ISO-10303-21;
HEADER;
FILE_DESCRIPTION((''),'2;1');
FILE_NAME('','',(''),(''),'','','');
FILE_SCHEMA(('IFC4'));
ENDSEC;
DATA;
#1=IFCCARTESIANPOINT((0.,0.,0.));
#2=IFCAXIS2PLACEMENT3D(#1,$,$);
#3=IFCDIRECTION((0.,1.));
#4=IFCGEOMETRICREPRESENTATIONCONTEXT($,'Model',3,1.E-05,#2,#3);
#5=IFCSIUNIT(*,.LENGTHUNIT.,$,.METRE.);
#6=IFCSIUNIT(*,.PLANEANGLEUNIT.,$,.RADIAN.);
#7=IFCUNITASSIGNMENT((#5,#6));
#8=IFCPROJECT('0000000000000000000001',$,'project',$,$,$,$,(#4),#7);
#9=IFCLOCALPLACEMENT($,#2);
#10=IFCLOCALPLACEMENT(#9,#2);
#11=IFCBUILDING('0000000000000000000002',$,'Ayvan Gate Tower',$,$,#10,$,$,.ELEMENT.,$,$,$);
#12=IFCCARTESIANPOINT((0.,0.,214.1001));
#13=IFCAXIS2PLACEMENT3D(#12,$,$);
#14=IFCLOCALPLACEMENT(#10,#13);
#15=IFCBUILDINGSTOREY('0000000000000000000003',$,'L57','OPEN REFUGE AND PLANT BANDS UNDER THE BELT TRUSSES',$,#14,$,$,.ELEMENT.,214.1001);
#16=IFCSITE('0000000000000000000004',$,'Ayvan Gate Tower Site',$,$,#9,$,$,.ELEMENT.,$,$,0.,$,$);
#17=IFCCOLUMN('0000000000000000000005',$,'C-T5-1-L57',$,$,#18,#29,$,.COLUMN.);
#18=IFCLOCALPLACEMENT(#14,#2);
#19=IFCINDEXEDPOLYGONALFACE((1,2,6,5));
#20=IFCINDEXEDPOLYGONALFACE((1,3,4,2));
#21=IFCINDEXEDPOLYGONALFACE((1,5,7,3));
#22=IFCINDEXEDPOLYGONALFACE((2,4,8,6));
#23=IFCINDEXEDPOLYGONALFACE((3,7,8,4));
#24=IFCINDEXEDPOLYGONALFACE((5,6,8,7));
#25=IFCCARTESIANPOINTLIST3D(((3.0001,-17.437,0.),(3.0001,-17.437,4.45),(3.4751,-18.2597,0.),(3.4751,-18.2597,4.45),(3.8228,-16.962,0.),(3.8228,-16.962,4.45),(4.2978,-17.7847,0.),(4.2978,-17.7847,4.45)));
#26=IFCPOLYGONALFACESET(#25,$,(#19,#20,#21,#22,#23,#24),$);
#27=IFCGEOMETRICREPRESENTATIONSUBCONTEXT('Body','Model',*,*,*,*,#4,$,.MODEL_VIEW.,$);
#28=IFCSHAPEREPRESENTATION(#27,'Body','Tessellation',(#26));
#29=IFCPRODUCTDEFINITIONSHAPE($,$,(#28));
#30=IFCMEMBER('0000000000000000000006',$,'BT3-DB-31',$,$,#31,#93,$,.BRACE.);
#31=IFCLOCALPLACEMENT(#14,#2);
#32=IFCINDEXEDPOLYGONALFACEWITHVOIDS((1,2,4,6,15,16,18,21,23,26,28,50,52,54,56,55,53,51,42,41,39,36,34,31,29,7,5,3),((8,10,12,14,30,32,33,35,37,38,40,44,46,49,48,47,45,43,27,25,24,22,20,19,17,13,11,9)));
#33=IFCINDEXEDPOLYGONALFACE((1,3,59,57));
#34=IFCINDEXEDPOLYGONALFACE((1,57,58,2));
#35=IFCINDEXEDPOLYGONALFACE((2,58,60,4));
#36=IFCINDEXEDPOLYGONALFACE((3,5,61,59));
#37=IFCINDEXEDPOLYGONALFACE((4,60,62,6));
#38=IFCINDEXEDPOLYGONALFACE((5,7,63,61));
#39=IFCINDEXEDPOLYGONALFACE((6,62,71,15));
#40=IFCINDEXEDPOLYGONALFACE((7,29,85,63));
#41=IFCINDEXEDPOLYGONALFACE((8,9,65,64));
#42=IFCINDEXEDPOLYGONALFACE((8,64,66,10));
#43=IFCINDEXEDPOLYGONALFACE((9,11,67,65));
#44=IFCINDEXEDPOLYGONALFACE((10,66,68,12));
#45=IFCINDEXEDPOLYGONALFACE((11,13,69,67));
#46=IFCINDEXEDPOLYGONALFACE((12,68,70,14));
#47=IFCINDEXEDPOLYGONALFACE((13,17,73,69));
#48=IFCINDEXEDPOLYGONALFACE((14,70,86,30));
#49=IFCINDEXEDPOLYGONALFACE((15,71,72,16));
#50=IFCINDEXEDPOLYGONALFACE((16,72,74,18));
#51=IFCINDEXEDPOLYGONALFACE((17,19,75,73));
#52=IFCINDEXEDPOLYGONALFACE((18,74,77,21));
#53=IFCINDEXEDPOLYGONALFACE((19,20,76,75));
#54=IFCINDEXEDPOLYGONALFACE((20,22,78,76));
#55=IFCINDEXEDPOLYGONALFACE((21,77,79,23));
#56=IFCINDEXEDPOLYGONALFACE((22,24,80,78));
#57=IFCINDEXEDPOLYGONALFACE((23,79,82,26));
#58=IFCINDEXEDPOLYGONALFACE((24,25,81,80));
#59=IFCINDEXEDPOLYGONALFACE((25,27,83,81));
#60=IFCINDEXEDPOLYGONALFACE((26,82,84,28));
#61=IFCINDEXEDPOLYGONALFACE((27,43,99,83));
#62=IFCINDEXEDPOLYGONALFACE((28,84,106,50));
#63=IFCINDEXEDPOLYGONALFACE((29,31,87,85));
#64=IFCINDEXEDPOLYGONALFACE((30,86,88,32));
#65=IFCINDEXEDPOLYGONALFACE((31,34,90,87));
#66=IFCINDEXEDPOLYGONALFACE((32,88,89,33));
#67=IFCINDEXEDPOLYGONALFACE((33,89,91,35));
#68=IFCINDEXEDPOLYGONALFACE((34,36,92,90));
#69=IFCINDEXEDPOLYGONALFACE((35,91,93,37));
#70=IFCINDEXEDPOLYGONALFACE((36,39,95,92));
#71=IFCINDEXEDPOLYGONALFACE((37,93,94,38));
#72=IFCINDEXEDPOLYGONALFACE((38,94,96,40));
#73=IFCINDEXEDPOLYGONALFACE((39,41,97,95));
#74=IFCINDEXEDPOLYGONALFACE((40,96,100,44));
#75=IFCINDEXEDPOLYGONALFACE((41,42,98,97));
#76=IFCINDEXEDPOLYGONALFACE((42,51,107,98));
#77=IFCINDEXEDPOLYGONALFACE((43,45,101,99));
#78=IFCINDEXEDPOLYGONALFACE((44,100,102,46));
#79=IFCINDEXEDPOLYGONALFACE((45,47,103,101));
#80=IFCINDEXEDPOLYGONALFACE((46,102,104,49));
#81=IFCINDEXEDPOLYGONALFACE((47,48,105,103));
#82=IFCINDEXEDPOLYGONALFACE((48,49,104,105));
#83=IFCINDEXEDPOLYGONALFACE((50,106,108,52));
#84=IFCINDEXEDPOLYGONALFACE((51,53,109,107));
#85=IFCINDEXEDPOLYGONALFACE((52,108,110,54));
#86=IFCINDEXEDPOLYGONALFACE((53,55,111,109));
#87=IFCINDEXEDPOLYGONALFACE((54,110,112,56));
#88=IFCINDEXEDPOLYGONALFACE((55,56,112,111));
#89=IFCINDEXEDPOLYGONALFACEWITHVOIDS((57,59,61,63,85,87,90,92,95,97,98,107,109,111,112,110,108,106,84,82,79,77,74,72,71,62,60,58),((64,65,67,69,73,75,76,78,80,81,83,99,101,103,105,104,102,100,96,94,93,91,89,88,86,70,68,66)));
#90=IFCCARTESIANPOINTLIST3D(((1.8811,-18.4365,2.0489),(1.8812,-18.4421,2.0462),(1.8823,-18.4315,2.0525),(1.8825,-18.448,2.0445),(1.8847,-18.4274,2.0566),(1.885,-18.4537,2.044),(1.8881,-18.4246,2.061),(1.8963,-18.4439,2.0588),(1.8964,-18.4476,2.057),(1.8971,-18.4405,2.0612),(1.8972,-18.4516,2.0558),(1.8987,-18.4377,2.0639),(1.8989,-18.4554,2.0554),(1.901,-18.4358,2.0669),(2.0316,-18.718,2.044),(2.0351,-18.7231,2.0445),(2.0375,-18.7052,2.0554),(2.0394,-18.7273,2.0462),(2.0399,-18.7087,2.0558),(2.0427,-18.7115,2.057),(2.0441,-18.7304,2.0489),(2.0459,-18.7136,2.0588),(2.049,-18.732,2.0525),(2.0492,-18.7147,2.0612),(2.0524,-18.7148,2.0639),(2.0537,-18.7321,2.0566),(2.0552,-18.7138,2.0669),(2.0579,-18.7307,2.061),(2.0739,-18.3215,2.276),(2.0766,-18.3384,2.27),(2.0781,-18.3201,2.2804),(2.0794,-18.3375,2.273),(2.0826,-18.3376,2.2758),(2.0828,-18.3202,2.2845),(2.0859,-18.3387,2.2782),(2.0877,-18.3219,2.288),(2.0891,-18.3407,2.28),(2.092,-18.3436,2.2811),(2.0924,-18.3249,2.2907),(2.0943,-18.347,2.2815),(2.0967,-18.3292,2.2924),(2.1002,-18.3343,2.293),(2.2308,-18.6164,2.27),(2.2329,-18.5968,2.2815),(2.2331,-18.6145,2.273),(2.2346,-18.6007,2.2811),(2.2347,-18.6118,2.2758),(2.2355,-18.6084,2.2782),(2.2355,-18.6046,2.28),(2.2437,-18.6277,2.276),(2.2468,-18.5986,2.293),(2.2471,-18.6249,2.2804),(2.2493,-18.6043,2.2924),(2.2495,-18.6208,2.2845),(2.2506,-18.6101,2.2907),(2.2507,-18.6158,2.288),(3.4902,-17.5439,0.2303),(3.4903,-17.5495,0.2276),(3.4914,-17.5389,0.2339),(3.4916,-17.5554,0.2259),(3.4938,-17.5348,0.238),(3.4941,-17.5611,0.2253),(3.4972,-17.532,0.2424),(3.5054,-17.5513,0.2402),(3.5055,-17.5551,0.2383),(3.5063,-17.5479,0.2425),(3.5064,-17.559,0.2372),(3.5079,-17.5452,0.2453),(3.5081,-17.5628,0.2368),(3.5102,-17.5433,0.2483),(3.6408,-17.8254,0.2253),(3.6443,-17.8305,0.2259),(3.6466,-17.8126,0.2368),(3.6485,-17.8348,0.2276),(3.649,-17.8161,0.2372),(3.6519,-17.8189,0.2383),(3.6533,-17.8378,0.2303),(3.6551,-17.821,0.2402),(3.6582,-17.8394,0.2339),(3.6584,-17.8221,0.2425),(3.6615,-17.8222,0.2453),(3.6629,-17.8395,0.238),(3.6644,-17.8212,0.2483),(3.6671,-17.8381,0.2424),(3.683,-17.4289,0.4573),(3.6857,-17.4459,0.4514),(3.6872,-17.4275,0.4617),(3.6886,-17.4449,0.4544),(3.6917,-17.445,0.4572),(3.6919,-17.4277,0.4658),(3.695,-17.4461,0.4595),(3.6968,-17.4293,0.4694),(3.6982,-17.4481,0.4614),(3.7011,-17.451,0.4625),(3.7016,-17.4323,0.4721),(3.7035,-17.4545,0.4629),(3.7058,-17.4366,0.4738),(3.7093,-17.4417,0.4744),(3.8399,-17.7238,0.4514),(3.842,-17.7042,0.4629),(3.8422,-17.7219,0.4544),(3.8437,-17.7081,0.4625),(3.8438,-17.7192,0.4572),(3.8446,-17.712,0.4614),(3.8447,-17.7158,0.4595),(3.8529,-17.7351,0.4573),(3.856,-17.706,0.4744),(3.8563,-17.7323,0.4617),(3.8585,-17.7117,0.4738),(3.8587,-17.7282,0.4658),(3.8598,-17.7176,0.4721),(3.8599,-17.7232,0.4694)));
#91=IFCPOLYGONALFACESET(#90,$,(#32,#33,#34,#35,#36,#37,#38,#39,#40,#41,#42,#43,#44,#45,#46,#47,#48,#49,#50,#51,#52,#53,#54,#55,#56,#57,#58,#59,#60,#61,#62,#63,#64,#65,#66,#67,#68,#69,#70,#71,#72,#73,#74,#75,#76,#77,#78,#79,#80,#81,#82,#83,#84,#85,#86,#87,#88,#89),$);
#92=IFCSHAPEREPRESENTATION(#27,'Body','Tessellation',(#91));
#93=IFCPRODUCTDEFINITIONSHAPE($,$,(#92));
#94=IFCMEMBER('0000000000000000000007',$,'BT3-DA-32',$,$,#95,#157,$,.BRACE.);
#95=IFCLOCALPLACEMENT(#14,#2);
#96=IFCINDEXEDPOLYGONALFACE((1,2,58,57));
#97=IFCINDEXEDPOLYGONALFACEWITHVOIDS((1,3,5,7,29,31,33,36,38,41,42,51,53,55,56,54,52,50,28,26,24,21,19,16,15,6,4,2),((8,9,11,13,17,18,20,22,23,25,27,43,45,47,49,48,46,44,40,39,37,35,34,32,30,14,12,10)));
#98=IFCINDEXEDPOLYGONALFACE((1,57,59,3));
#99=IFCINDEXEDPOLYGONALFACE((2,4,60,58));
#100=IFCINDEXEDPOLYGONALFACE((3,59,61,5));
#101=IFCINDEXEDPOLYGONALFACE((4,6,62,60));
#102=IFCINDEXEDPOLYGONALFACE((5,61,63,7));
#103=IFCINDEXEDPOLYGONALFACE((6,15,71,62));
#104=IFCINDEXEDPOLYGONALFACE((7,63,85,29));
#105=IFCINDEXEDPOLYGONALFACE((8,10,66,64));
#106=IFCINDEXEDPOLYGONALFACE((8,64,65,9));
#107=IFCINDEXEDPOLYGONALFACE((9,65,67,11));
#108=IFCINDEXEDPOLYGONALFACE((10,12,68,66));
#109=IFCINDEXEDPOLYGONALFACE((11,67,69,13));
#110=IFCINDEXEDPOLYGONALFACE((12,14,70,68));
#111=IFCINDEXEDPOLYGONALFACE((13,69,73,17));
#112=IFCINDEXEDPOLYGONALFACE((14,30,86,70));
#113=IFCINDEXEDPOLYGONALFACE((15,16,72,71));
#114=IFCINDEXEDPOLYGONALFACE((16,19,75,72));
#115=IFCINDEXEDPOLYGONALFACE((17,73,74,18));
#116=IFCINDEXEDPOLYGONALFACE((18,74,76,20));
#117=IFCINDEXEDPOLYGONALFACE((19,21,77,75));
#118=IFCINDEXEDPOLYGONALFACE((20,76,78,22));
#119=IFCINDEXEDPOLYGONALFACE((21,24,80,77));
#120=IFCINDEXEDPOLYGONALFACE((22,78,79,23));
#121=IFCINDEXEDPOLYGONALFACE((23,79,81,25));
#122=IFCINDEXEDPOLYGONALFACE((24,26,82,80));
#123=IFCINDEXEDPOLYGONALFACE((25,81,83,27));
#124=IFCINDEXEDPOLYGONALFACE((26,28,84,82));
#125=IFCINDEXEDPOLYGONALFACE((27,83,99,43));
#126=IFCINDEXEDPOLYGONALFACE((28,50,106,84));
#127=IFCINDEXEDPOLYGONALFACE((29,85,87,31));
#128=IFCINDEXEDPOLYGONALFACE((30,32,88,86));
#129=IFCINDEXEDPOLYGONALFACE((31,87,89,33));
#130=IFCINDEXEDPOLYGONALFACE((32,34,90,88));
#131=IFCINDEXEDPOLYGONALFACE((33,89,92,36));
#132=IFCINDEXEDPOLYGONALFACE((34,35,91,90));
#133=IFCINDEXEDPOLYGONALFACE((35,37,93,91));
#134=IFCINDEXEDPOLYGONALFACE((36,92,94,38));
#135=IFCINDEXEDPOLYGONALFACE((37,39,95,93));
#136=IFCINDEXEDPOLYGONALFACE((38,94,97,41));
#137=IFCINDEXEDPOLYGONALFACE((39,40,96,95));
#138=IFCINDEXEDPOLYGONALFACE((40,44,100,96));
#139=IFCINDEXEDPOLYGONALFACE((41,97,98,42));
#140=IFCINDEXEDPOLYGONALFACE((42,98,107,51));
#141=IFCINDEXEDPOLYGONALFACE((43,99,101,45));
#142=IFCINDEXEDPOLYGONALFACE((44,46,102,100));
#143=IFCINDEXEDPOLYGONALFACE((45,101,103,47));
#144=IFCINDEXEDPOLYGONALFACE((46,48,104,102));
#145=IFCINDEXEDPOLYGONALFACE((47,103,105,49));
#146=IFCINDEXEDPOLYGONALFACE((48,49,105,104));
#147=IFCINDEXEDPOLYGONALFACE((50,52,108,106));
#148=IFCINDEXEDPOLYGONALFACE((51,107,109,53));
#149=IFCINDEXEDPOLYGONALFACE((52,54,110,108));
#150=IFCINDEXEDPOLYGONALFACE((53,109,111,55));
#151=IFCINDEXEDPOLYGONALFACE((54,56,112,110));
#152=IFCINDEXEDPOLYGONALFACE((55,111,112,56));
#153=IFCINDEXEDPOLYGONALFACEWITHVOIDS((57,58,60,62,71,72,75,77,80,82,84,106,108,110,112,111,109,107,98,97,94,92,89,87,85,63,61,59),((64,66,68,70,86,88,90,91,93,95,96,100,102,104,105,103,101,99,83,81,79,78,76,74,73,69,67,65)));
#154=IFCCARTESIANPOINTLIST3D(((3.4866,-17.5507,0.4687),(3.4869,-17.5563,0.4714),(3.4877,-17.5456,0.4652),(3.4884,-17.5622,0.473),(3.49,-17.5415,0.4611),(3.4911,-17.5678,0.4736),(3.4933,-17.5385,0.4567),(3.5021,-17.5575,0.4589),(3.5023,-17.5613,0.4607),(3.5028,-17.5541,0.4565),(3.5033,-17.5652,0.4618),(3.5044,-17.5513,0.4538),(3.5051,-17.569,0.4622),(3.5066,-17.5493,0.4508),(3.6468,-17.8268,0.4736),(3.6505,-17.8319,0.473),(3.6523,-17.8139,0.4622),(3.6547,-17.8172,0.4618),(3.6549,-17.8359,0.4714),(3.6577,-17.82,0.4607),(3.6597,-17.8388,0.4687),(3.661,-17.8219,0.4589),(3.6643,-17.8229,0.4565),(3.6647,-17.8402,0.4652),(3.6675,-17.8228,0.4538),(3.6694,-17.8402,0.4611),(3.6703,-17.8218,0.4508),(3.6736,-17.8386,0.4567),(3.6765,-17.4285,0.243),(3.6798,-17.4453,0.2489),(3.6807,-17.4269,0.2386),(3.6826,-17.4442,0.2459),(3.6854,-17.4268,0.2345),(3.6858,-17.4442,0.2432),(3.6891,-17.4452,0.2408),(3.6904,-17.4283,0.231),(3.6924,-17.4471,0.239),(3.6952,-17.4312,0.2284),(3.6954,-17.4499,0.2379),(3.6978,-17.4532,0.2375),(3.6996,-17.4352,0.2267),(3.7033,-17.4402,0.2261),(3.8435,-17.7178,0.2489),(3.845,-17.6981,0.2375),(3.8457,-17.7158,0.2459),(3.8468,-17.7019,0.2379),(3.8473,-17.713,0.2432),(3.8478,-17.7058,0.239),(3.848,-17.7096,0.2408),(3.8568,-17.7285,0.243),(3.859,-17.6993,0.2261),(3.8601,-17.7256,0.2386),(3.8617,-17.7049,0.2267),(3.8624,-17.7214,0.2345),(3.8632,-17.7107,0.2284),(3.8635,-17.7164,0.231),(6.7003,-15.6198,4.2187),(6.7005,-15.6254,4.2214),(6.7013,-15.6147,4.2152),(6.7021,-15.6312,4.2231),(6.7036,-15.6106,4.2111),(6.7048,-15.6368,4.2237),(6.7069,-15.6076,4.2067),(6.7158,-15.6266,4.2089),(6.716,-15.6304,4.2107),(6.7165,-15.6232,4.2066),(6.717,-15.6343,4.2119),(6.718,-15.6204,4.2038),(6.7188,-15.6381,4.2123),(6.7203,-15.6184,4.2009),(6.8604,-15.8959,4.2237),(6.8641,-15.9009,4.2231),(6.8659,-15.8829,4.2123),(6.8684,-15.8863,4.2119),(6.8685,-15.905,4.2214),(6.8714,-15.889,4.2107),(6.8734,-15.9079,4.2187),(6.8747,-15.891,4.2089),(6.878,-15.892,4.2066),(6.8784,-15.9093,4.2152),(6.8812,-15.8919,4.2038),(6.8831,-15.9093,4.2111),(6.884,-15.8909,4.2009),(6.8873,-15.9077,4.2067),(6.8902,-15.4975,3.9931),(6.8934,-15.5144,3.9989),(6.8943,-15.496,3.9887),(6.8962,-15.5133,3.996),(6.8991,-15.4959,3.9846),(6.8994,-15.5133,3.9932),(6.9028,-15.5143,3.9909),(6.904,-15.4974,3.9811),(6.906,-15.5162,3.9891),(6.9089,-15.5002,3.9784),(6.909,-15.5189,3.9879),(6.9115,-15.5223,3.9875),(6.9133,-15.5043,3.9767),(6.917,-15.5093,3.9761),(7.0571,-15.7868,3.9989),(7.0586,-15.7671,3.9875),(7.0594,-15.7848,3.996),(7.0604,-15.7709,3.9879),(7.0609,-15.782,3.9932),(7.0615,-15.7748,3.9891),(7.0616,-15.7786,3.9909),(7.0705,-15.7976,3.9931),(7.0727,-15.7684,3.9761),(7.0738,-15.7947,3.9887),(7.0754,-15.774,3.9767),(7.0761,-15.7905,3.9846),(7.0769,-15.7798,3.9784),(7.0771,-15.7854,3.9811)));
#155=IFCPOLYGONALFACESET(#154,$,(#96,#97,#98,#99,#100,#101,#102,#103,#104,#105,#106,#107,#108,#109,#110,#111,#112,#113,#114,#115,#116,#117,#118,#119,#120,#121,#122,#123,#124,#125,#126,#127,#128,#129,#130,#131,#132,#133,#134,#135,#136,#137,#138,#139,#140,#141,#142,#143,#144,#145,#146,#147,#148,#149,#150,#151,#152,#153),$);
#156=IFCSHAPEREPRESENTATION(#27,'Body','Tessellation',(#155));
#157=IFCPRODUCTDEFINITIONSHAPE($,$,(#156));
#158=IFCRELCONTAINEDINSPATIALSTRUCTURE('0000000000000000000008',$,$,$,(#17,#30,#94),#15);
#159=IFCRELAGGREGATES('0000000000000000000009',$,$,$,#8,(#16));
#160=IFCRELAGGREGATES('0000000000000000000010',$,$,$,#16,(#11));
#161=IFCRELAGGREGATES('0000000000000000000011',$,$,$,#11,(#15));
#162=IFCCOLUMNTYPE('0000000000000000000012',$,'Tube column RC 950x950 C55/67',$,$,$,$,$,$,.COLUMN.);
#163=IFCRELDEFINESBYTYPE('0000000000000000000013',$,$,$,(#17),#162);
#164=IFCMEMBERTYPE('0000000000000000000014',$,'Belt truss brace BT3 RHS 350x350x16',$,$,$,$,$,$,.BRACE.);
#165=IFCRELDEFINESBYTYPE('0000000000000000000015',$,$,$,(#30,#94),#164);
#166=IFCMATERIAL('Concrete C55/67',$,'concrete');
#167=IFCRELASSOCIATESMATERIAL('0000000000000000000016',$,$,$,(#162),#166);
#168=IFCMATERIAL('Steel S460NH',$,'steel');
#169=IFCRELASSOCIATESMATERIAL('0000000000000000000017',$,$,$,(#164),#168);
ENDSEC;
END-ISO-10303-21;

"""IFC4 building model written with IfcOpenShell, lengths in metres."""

from ifc_helpers import new_model, si_unit, direction, frame, origin, origin_2d, place, context, subcontext, project, spatial, rectangle, hollow_rectangle, extrude, material, material_profile, profile_set, type_object, element, save


model = new_model("IFC4")

# Units and contexts
model_context = context("Model", 3, precision=1e-05, world=origin(), true_north=direction((0.0, 1.0)))
body_context = subcontext(model_context, "Body", "Model", "MODEL_VIEW")
ifc_project = project(units=[si_unit("LENGTHUNIT", "METRE"), si_unit("PLANEANGLEUNIT", "RADIAN")], contexts=[model_context])

# Site, building, storey
site_placement = place(None, origin())
site = spatial("IfcSite", under=ifc_project, at=site_placement, Name="Ayvan Gate Tower Site", CompositionType="ELEMENT", RefElevation=0.0)
building_placement = place(site_placement, origin())
building = spatial("IfcBuilding", under=site, at=building_placement, Name="Ayvan Gate Tower", CompositionType="ELEMENT")
storey_placement = place(building_placement, frame((0.0, 0.0, 214.1001)))
storey = spatial("IfcBuildingStorey", under=building, at=storey_placement, Name="L57", Description="OPEN REFUGE AND PLANT BANDS UNDER THE BELT TRUSSES", CompositionType="ELEMENT", Elevation=214.1001)

# Column
ifc_material_1 = material(Name="Concrete C55/67", Category="concrete")
ifc_material_profile_1 = material_profile(ifc_material_1, rectangle(XDim=0.95, YDim=0.95, at=origin_2d()), Name="RC 950x950")
ifc_profile_set_1 = profile_set([ifc_material_profile_1], Name="Concrete C55/67")
column_type = type_object("IfcColumnType", Name="Tube column RC 950x950 C55/67", PredefinedType="COLUMN", material=ifc_profile_set_1)
column_placement = place(storey_placement, frame((3.6489, -17.6108, 0.0), z_axis=(0.0, 0.0, 1.0), x_axis=(0.5, -0.866025, 0.0)))
element("IfcColumn", 1, at=column_placement, inside=storey, type_object=column_type, Name="C-T5-1-L57", PredefinedType="COLUMN", context=body_context, shape_type="SweptSolid", body=[
    extrude(rectangle(XDim=0.95, YDim=0.95, at=origin_2d()), origin(), (0.0, 0.0, 1.0), 4.45),
])

# Members
ifc_material_2 = material(Name="Steel S460NH", Category="steel")
ifc_material_profile_2 = material_profile(ifc_material_2, hollow_rectangle(XDim=0.3501, YDim=0.3501, WallThickness=0.0161, InnerFilletRadius=0.0161, OuterFilletRadius=0.0239, at=origin_2d()), Name="RHS 350x350x16")
ifc_profile_set_2 = profile_set([ifc_material_profile_2], Name="Steel S460NH")
member_type_1 = type_object("IfcMemberType", Name="Belt truss brace BT3 RHS 350x350x16", PredefinedType="BRACE", material=ifc_profile_set_2)
member_1_placement = place(storey_placement, frame((3.675, -17.6335, 0.3499), z_axis=(-0.621972, -0.345005, 0.702939), x_axis=(0.485068, -0.874476, 0.0)))
element("IfcMember", 2, at=member_1_placement, inside=storey, type_object=member_type_1, Name="BT3-DB-31", PredefinedType="BRACE", context=body_context, shape_type="SweptSolid", body=[
    extrude(hollow_rectangle(XDim=0.3501, YDim=0.3501, WallThickness=0.0161, InnerFilletRadius=0.0161, OuterFilletRadius=0.0239, at=origin_2d()), origin(), (0.0, 0.0, 1.0), 2.5872),
])
member_2_placement = place(storey_placement, frame((3.675, -17.6335, 0.3499), z_axis=(0.606039, 0.364139, 0.707191), x_axis=(-0.515032, 0.857171, 0.0)))
element("IfcMember", 3, at=member_2_placement, inside=storey, type_object=member_type_1, Name="BT3-DA-32", PredefinedType="BRACE", context=body_context, shape_type="SweptSolid", body=[
    extrude(hollow_rectangle(XDim=0.3501, YDim=0.3501, WallThickness=0.0161, InnerFilletRadius=0.0161, OuterFilletRadius=0.0239, at=origin_2d()), origin(), (0.0, 0.0, 1.0), 5.3027),
])

save(model, "model.ifc")
